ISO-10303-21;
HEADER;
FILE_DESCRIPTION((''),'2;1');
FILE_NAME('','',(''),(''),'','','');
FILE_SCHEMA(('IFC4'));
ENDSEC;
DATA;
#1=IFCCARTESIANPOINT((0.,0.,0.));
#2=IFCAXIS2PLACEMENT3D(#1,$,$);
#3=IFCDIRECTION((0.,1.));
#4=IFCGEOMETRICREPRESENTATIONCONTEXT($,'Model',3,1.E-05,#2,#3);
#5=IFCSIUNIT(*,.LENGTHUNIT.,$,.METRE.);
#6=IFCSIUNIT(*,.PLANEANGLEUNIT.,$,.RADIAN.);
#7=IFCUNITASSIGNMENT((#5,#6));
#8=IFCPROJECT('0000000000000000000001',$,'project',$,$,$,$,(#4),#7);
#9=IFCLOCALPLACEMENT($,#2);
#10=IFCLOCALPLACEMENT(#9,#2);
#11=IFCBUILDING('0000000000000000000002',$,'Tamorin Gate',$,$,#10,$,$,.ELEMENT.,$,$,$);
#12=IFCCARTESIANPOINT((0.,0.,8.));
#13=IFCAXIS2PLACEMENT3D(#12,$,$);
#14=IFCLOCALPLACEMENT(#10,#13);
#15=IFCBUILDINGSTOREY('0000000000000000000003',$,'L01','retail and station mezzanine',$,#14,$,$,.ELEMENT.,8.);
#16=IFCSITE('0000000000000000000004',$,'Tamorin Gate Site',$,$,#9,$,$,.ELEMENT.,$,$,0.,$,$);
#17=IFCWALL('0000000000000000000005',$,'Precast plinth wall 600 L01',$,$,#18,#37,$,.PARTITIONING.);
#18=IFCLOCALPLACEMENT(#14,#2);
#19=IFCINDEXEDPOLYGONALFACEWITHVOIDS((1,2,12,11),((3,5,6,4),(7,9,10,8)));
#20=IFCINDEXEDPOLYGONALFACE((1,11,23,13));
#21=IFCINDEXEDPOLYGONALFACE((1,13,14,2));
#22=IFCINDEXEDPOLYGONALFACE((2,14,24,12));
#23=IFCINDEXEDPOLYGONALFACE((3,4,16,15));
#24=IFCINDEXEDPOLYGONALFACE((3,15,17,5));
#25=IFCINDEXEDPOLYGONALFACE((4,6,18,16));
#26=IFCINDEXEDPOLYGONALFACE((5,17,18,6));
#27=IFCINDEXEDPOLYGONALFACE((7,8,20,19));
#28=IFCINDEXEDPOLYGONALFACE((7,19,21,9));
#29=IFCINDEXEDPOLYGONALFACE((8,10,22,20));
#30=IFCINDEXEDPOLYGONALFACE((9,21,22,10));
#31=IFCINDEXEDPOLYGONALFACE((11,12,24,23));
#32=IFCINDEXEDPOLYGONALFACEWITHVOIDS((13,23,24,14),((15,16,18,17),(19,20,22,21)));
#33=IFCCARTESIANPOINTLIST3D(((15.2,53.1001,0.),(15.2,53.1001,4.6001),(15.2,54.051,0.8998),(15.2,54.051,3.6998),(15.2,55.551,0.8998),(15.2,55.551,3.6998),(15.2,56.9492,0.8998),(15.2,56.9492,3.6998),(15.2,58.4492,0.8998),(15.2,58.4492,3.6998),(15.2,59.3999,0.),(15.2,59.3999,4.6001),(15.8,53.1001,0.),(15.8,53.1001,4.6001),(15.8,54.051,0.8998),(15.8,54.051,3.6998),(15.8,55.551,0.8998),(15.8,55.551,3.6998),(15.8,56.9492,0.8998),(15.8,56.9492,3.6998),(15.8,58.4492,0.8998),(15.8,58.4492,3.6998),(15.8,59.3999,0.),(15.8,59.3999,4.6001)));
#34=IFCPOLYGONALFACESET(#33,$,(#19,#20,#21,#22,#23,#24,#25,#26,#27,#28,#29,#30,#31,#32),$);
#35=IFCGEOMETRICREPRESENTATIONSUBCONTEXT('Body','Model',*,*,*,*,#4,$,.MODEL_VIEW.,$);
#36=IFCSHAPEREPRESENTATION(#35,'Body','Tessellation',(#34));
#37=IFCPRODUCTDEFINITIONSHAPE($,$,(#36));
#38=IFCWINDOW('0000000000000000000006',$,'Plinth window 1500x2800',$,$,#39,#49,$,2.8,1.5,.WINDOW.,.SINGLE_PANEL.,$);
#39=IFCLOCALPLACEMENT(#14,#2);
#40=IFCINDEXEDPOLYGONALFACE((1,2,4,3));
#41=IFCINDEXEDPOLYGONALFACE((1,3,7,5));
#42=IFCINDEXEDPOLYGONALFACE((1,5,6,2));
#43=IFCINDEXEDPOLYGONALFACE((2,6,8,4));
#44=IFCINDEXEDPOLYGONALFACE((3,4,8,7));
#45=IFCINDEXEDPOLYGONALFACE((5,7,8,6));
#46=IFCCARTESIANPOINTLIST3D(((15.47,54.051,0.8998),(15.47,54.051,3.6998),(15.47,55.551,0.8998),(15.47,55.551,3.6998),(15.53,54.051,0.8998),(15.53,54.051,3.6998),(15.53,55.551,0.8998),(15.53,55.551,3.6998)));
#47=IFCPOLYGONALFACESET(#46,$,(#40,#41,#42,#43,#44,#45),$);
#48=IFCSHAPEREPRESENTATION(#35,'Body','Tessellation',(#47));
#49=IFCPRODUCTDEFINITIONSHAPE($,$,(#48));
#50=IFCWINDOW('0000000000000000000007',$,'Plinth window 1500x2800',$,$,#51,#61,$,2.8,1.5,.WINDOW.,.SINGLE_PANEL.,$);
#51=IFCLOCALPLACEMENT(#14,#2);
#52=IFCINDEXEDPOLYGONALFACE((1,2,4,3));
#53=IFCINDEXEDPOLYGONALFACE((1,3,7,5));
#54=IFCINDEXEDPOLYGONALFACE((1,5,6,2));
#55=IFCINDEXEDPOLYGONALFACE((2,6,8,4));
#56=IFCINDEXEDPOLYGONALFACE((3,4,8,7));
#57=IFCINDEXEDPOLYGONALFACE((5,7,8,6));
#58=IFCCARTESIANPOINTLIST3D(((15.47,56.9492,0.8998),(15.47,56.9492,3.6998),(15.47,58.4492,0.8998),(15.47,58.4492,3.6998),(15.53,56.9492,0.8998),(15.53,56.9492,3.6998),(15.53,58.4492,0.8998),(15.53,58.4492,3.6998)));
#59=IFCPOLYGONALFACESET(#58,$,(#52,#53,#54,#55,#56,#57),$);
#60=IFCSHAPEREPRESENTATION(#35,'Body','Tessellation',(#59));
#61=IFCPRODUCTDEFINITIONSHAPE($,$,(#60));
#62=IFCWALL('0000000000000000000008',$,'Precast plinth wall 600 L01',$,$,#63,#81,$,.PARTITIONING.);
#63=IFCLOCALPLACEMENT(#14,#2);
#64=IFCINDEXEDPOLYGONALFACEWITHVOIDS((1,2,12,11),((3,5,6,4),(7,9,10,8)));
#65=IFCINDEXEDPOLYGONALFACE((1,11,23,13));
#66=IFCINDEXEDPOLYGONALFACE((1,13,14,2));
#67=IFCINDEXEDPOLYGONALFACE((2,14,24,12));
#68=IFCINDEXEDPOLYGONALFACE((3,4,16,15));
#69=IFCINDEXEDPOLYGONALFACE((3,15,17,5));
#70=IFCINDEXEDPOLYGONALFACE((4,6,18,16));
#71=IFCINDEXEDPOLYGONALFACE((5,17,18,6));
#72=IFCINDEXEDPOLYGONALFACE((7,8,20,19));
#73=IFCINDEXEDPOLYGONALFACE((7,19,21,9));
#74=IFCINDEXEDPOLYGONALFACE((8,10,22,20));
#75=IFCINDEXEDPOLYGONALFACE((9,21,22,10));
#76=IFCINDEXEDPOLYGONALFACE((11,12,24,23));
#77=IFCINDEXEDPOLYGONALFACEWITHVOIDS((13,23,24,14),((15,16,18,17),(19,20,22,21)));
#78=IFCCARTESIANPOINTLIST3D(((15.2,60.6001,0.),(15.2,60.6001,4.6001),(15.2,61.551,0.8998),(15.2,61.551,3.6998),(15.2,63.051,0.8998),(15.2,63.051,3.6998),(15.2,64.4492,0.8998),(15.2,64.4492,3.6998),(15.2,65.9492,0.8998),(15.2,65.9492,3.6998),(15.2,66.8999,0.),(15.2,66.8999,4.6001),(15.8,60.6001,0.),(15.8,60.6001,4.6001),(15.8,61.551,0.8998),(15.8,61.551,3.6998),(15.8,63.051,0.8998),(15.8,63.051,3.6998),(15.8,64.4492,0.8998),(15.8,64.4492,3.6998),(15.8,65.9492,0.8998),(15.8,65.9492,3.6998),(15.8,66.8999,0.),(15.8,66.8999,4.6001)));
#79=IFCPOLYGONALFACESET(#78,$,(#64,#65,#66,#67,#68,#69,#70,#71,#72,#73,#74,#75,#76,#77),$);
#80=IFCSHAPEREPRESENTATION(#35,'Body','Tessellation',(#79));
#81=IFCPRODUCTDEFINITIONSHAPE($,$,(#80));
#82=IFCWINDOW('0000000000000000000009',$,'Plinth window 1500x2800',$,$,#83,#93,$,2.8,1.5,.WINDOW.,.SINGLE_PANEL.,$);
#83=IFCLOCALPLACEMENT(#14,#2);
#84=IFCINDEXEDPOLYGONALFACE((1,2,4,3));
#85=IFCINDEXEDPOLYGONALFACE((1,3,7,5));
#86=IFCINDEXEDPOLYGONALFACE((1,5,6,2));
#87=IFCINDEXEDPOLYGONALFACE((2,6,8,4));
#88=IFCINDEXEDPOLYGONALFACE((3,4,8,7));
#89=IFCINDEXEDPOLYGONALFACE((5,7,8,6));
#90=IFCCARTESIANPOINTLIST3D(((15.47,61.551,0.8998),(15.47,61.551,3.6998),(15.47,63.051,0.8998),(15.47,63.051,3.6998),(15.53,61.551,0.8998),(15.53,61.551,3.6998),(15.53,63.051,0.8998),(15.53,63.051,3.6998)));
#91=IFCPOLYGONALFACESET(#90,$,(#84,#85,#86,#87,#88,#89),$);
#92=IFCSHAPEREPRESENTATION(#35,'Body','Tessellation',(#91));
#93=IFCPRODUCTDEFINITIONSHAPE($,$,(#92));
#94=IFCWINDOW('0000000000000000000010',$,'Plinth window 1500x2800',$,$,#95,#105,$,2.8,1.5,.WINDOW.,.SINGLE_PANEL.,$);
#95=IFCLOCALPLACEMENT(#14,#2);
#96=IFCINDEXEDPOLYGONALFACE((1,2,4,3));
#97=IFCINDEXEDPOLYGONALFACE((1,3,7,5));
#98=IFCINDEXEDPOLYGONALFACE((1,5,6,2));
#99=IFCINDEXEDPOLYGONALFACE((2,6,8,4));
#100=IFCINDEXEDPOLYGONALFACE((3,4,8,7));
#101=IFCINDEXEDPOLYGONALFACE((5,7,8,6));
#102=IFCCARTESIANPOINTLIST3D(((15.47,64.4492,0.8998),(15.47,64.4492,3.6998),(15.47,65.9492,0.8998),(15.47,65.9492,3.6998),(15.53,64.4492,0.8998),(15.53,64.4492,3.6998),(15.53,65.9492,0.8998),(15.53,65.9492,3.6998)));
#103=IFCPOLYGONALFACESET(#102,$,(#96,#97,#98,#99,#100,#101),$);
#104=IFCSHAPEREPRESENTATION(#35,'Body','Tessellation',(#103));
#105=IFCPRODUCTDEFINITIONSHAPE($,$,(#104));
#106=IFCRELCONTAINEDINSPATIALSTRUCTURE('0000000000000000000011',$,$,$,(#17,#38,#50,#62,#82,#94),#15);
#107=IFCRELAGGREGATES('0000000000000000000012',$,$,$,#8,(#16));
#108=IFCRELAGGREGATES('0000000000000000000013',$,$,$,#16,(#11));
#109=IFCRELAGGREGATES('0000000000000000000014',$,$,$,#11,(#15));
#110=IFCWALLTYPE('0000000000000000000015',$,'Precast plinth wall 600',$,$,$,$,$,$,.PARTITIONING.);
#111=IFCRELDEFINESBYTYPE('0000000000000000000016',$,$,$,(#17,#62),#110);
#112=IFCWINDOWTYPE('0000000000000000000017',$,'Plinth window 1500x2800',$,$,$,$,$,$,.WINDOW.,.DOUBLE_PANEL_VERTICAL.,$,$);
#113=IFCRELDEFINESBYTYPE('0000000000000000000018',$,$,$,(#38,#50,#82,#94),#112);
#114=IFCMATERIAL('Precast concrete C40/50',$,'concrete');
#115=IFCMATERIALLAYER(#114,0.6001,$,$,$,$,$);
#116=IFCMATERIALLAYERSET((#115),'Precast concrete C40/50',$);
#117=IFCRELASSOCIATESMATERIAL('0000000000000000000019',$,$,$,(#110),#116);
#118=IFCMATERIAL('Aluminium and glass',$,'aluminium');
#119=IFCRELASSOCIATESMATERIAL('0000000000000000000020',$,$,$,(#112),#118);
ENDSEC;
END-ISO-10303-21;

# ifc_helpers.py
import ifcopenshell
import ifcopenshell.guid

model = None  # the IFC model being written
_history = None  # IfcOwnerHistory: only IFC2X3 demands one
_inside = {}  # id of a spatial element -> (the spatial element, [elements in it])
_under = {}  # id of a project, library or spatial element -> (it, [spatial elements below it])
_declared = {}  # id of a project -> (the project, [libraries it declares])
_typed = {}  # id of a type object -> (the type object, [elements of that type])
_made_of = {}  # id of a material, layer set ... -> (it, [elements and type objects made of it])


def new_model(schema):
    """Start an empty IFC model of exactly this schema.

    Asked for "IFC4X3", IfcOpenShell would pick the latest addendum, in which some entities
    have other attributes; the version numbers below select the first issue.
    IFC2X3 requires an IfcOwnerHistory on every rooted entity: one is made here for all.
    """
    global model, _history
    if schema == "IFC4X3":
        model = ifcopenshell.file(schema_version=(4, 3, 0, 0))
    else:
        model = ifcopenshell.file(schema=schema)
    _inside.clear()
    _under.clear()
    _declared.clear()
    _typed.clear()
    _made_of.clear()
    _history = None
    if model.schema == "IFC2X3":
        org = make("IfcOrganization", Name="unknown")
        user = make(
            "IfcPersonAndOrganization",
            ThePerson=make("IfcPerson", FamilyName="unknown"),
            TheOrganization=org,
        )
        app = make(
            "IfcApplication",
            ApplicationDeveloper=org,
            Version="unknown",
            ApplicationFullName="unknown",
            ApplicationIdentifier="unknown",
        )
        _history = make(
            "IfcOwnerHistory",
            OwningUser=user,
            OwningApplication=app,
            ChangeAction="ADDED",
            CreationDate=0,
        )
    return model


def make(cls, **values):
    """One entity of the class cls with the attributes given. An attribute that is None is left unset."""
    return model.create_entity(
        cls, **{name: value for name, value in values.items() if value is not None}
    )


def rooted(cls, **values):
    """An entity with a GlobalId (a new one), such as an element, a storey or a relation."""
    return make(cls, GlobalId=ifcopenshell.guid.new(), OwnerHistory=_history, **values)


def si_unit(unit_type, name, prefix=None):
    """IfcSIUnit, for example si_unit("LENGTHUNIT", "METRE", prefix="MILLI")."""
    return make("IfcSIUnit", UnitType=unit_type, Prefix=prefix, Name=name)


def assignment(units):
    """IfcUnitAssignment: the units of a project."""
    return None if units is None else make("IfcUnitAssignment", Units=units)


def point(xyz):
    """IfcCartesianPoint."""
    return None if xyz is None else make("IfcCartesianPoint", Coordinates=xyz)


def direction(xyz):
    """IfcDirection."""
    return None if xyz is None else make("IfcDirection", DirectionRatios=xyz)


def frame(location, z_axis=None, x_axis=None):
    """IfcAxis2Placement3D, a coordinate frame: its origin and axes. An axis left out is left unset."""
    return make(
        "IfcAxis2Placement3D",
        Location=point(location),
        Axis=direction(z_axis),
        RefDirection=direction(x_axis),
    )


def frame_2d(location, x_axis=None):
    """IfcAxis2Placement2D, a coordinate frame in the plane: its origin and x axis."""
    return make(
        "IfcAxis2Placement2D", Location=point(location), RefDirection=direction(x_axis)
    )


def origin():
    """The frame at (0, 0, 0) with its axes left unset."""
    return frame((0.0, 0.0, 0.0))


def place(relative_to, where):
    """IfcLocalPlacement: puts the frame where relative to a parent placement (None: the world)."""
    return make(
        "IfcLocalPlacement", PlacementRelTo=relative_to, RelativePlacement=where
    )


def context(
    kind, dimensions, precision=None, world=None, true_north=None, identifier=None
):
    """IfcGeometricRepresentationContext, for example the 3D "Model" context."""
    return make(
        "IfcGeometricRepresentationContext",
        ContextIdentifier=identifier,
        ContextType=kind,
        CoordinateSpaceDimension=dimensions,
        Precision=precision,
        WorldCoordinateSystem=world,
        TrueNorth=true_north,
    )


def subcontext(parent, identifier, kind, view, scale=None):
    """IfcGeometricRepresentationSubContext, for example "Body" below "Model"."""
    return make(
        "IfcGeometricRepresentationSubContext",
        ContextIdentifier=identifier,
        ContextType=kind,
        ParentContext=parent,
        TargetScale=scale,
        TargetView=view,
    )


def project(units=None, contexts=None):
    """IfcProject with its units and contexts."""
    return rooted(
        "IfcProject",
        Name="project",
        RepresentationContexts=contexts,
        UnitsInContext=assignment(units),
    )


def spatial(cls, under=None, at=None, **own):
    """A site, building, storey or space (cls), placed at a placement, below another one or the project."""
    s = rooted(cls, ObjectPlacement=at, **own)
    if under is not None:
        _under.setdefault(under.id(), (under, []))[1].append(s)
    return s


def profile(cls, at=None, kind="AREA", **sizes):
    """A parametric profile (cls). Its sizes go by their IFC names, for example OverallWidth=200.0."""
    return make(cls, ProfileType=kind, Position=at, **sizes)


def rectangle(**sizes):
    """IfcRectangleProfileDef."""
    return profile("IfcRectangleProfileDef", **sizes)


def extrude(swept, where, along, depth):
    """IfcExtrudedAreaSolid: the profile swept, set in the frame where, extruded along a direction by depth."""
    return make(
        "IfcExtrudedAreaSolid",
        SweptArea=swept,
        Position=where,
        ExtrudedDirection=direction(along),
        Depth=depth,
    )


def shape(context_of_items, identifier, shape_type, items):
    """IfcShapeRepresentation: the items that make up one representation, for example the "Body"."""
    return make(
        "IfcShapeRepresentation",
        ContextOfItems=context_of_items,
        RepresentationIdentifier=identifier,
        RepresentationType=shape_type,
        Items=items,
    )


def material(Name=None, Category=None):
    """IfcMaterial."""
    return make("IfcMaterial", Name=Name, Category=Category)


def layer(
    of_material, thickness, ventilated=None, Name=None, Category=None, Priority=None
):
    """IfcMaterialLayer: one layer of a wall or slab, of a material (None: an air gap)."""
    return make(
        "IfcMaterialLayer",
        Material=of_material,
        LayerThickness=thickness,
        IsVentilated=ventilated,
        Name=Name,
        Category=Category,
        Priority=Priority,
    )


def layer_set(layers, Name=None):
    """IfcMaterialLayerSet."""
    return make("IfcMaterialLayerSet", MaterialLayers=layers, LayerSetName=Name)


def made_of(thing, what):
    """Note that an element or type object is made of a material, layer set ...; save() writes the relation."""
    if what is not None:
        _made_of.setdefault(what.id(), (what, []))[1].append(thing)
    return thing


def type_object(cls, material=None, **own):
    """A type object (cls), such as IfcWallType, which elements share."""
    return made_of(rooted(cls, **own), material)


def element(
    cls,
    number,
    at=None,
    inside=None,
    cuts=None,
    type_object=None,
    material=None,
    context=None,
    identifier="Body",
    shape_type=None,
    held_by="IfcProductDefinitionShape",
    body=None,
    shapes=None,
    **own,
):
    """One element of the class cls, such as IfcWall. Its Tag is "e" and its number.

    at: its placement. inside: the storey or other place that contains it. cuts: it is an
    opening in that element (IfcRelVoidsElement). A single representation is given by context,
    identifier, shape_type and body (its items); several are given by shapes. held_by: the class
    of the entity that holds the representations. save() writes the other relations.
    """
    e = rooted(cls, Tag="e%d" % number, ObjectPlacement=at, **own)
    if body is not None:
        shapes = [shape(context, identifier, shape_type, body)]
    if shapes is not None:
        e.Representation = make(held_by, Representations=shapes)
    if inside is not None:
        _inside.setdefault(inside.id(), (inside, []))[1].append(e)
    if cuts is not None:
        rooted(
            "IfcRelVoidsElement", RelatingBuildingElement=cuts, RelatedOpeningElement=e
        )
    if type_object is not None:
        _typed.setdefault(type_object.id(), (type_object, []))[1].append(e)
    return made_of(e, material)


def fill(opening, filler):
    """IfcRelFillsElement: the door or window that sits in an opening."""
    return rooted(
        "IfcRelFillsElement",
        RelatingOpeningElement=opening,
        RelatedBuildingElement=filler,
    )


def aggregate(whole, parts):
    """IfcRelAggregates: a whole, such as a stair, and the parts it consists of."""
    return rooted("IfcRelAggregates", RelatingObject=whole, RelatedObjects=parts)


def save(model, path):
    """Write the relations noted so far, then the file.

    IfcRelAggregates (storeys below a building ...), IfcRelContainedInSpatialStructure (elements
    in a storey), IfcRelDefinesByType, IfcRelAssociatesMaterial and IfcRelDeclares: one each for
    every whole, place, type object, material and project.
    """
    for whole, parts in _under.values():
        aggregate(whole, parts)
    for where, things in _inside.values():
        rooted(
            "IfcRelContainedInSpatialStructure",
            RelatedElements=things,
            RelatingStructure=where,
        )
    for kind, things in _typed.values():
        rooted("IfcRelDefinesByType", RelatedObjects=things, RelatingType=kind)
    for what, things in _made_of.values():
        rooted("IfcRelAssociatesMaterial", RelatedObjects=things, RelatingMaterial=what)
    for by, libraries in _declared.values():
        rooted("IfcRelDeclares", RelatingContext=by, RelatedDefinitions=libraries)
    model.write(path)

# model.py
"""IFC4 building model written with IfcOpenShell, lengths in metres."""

from ifc_helpers import new_model, si_unit, direction, frame, frame_2d, origin, place, context, subcontext, project, spatial, rectangle, extrude, material, layer, layer_set, type_object, element, fill, save


model = new_model("IFC4")

# Units and contexts
model_context = context("Model", 3, precision=1e-05, world=origin(), true_north=direction((0.0, 1.0)))
body_context = subcontext(model_context, "Body", "Model", "MODEL_VIEW")
ifc_project = project(units=[si_unit("LENGTHUNIT", "METRE"), si_unit("PLANEANGLEUNIT", "RADIAN")], contexts=[model_context])

# Site, building, storey
site_placement = place(None, origin())
site = spatial("IfcSite", under=ifc_project, at=site_placement, Name="Tamorin Gate Site", CompositionType="ELEMENT", RefElevation=0.0)
building_placement = place(site_placement, origin())
building = spatial("IfcBuilding", under=site, at=building_placement, Name="Tamorin Gate", CompositionType="ELEMENT")
storey_placement = place(building_placement, frame((0.0, 0.0, 8.0)))
storey = spatial("IfcBuildingStorey", under=building, at=storey_placement, Name="L01", Description="retail and station mezzanine", CompositionType="ELEMENT", Elevation=8.0)

# Walls, openings, windows
ifc_material_1 = material(Name="Precast concrete C40/50", Category="concrete")
ifc_layer_1 = layer(ifc_material_1, 0.6001)
ifc_layer_set_1 = layer_set([ifc_layer_1], Name="Precast concrete C40/50")
wall_type_1 = type_object("IfcWallType", Name="Precast plinth wall 600", PredefinedType="PARTITIONING", material=ifc_layer_set_1)
ifc_material_2 = material(Name="Aluminium and glass", Category="aluminium")
window_type = type_object("IfcWindowType", Name="Plinth window 1500x2800", PartitioningType="DOUBLE_PANEL_VERTICAL", PredefinedType="WINDOW", material=ifc_material_2)
wall_1_placement = place(storey_placement, frame((15.5, 53.1001, 0.0), z_axis=(0.0, 0.0, 1.0), x_axis=(0.0, 1.0, 0.0)))
wall_1 = element("IfcWall", 1, at=wall_1_placement, inside=storey, type_object=wall_type_1, Name="Precast plinth wall 600 L01", PredefinedType="PARTITIONING", context=body_context, shape_type="SweptSolid", body=[
    extrude(rectangle(XDim=6.2998, YDim=0.6001, at=frame_2d((3.1499, 0.0))), origin(), (0.0, 0.0, 1.0), 4.6001),
])
opening_1_placement = place(wall_1_placement, frame((0.9509, 0.0, 0.8999)))
opening_1 = element("IfcOpeningElement", 2, at=opening_1_placement, cuts=wall_1, PredefinedType="OPENING", context=body_context, shape_type="SweptSolid", body=[
    extrude(rectangle(XDim=1.5, YDim=2.8, at=frame_2d((0.75, 1.3999))), frame((0.0, 0.3101, 0.0), z_axis=(0.0, -1.0, 0.0), x_axis=(1.0, 0.0, 0.0)), (0.0, 0.0, 1.0), 0.6201),
])
opening_2_placement = place(wall_1_placement, frame((3.8491, 0.0, 0.8999)))
opening_2 = element("IfcOpeningElement", 3, at=opening_2_placement, cuts=wall_1, PredefinedType="OPENING", context=body_context, shape_type="SweptSolid", body=[
    extrude(rectangle(XDim=1.5, YDim=2.8, at=frame_2d((0.75, 1.3999))), frame((0.0, 0.3101, 0.0), z_axis=(0.0, -1.0, 0.0), x_axis=(1.0, 0.0, 0.0)), (0.0, 0.0, 1.0), 0.6201),
])
window_1_placement = place(opening_1_placement, origin())
window_1 = element("IfcWindow", 4, at=window_1_placement, inside=storey, type_object=window_type, Name="Plinth window 1500x2800", OverallHeight=2.8, OverallWidth=1.5, PartitioningType="SINGLE_PANEL", PredefinedType="WINDOW", context=body_context, shape_type="SweptSolid", body=[
    extrude(rectangle(XDim=1.5, YDim=2.8, at=frame_2d((0.75, 1.3999))), frame((0.0, 0.03, 0.0), z_axis=(0.0, -1.0, 0.0), x_axis=(1.0, 0.0, 0.0)), (0.0, 0.0, 1.0), 0.0601),
])
fill(opening_1, window_1)
window_2_placement = place(opening_2_placement, origin())
window_2 = element("IfcWindow", 5, at=window_2_placement, inside=storey, type_object=window_type, Name="Plinth window 1500x2800", OverallHeight=2.8, OverallWidth=1.5, PartitioningType="SINGLE_PANEL", PredefinedType="WINDOW", context=body_context, shape_type="SweptSolid", body=[
    extrude(rectangle(XDim=1.5, YDim=2.8, at=frame_2d((0.75, 1.3999))), frame((0.0, 0.03, 0.0), z_axis=(0.0, -1.0, 0.0), x_axis=(1.0, 0.0, 0.0)), (0.0, 0.0, 1.0), 0.0601),
])
fill(opening_2, window_2)
wall_2_placement = place(storey_placement, frame((15.5, 60.6001, 0.0), z_axis=(0.0, 0.0, 1.0), x_axis=(0.0, 1.0, 0.0)))
wall_2 = element("IfcWall", 6, at=wall_2_placement, inside=storey, type_object=wall_type_1, Name="Precast plinth wall 600 L01", PredefinedType="PARTITIONING", context=body_context, shape_type="SweptSolid", body=[
    extrude(rectangle(XDim=6.2998, YDim=0.6001, at=frame_2d((3.1499, 0.0))), origin(), (0.0, 0.0, 1.0), 4.6001),
])
opening_3_placement = place(wall_2_placement, frame((0.9509, 0.0, 0.8999)))
opening_3 = element("IfcOpeningElement", 7, at=opening_3_placement, cuts=wall_2, PredefinedType="OPENING", context=body_context, shape_type="SweptSolid", body=[
    extrude(rectangle(XDim=1.5, YDim=2.8, at=frame_2d((0.75, 1.3999))), frame((0.0, 0.3101, 0.0), z_axis=(0.0, -1.0, 0.0), x_axis=(1.0, 0.0, 0.0)), (0.0, 0.0, 1.0), 0.6201),
])
opening_4_placement = place(wall_2_placement, frame((3.8491, 0.0, 0.8999)))
opening_4 = element("IfcOpeningElement", 8, at=opening_4_placement, cuts=wall_2, PredefinedType="OPENING", context=body_context, shape_type="SweptSolid", body=[
    extrude(rectangle(XDim=1.5, YDim=2.8, at=frame_2d((0.75, 1.3999))), frame((0.0, 0.3101, 0.0), z_axis=(0.0, -1.0, 0.0), x_axis=(1.0, 0.0, 0.0)), (0.0, 0.0, 1.0), 0.6201),
])
window_3_placement = place(opening_3_placement, origin())
window_3 = element("IfcWindow", 9, at=window_3_placement, inside=storey, type_object=window_type, Name="Plinth window 1500x2800", OverallHeight=2.8, OverallWidth=1.5, PartitioningType="SINGLE_PANEL", PredefinedType="WINDOW", context=body_context, shape_type="SweptSolid", body=[
    extrude(rectangle(XDim=1.5, YDim=2.8, at=frame_2d((0.75, 1.3999))), frame((0.0, 0.03, 0.0), z_axis=(0.0, -1.0, 0.0), x_axis=(1.0, 0.0, 0.0)), (0.0, 0.0, 1.0), 0.0601),
])
fill(opening_3, window_3)
window_4_placement = place(opening_4_placement, origin())
window_4 = element("IfcWindow", 10, at=window_4_placement, inside=storey, type_object=window_type, Name="Plinth window 1500x2800", OverallHeight=2.8, OverallWidth=1.5, PartitioningType="SINGLE_PANEL", PredefinedType="WINDOW", context=body_context, shape_type="SweptSolid", body=[
    extrude(rectangle(XDim=1.5, YDim=2.8, at=frame_2d((0.75, 1.3999))), frame((0.0, 0.03, 0.0), z_axis=(0.0, -1.0, 0.0), x_axis=(1.0, 0.0, 0.0)), (0.0, 0.0, 1.0), 0.0601),
])
fill(opening_4, window_4)

save(model, "model.ifc")
